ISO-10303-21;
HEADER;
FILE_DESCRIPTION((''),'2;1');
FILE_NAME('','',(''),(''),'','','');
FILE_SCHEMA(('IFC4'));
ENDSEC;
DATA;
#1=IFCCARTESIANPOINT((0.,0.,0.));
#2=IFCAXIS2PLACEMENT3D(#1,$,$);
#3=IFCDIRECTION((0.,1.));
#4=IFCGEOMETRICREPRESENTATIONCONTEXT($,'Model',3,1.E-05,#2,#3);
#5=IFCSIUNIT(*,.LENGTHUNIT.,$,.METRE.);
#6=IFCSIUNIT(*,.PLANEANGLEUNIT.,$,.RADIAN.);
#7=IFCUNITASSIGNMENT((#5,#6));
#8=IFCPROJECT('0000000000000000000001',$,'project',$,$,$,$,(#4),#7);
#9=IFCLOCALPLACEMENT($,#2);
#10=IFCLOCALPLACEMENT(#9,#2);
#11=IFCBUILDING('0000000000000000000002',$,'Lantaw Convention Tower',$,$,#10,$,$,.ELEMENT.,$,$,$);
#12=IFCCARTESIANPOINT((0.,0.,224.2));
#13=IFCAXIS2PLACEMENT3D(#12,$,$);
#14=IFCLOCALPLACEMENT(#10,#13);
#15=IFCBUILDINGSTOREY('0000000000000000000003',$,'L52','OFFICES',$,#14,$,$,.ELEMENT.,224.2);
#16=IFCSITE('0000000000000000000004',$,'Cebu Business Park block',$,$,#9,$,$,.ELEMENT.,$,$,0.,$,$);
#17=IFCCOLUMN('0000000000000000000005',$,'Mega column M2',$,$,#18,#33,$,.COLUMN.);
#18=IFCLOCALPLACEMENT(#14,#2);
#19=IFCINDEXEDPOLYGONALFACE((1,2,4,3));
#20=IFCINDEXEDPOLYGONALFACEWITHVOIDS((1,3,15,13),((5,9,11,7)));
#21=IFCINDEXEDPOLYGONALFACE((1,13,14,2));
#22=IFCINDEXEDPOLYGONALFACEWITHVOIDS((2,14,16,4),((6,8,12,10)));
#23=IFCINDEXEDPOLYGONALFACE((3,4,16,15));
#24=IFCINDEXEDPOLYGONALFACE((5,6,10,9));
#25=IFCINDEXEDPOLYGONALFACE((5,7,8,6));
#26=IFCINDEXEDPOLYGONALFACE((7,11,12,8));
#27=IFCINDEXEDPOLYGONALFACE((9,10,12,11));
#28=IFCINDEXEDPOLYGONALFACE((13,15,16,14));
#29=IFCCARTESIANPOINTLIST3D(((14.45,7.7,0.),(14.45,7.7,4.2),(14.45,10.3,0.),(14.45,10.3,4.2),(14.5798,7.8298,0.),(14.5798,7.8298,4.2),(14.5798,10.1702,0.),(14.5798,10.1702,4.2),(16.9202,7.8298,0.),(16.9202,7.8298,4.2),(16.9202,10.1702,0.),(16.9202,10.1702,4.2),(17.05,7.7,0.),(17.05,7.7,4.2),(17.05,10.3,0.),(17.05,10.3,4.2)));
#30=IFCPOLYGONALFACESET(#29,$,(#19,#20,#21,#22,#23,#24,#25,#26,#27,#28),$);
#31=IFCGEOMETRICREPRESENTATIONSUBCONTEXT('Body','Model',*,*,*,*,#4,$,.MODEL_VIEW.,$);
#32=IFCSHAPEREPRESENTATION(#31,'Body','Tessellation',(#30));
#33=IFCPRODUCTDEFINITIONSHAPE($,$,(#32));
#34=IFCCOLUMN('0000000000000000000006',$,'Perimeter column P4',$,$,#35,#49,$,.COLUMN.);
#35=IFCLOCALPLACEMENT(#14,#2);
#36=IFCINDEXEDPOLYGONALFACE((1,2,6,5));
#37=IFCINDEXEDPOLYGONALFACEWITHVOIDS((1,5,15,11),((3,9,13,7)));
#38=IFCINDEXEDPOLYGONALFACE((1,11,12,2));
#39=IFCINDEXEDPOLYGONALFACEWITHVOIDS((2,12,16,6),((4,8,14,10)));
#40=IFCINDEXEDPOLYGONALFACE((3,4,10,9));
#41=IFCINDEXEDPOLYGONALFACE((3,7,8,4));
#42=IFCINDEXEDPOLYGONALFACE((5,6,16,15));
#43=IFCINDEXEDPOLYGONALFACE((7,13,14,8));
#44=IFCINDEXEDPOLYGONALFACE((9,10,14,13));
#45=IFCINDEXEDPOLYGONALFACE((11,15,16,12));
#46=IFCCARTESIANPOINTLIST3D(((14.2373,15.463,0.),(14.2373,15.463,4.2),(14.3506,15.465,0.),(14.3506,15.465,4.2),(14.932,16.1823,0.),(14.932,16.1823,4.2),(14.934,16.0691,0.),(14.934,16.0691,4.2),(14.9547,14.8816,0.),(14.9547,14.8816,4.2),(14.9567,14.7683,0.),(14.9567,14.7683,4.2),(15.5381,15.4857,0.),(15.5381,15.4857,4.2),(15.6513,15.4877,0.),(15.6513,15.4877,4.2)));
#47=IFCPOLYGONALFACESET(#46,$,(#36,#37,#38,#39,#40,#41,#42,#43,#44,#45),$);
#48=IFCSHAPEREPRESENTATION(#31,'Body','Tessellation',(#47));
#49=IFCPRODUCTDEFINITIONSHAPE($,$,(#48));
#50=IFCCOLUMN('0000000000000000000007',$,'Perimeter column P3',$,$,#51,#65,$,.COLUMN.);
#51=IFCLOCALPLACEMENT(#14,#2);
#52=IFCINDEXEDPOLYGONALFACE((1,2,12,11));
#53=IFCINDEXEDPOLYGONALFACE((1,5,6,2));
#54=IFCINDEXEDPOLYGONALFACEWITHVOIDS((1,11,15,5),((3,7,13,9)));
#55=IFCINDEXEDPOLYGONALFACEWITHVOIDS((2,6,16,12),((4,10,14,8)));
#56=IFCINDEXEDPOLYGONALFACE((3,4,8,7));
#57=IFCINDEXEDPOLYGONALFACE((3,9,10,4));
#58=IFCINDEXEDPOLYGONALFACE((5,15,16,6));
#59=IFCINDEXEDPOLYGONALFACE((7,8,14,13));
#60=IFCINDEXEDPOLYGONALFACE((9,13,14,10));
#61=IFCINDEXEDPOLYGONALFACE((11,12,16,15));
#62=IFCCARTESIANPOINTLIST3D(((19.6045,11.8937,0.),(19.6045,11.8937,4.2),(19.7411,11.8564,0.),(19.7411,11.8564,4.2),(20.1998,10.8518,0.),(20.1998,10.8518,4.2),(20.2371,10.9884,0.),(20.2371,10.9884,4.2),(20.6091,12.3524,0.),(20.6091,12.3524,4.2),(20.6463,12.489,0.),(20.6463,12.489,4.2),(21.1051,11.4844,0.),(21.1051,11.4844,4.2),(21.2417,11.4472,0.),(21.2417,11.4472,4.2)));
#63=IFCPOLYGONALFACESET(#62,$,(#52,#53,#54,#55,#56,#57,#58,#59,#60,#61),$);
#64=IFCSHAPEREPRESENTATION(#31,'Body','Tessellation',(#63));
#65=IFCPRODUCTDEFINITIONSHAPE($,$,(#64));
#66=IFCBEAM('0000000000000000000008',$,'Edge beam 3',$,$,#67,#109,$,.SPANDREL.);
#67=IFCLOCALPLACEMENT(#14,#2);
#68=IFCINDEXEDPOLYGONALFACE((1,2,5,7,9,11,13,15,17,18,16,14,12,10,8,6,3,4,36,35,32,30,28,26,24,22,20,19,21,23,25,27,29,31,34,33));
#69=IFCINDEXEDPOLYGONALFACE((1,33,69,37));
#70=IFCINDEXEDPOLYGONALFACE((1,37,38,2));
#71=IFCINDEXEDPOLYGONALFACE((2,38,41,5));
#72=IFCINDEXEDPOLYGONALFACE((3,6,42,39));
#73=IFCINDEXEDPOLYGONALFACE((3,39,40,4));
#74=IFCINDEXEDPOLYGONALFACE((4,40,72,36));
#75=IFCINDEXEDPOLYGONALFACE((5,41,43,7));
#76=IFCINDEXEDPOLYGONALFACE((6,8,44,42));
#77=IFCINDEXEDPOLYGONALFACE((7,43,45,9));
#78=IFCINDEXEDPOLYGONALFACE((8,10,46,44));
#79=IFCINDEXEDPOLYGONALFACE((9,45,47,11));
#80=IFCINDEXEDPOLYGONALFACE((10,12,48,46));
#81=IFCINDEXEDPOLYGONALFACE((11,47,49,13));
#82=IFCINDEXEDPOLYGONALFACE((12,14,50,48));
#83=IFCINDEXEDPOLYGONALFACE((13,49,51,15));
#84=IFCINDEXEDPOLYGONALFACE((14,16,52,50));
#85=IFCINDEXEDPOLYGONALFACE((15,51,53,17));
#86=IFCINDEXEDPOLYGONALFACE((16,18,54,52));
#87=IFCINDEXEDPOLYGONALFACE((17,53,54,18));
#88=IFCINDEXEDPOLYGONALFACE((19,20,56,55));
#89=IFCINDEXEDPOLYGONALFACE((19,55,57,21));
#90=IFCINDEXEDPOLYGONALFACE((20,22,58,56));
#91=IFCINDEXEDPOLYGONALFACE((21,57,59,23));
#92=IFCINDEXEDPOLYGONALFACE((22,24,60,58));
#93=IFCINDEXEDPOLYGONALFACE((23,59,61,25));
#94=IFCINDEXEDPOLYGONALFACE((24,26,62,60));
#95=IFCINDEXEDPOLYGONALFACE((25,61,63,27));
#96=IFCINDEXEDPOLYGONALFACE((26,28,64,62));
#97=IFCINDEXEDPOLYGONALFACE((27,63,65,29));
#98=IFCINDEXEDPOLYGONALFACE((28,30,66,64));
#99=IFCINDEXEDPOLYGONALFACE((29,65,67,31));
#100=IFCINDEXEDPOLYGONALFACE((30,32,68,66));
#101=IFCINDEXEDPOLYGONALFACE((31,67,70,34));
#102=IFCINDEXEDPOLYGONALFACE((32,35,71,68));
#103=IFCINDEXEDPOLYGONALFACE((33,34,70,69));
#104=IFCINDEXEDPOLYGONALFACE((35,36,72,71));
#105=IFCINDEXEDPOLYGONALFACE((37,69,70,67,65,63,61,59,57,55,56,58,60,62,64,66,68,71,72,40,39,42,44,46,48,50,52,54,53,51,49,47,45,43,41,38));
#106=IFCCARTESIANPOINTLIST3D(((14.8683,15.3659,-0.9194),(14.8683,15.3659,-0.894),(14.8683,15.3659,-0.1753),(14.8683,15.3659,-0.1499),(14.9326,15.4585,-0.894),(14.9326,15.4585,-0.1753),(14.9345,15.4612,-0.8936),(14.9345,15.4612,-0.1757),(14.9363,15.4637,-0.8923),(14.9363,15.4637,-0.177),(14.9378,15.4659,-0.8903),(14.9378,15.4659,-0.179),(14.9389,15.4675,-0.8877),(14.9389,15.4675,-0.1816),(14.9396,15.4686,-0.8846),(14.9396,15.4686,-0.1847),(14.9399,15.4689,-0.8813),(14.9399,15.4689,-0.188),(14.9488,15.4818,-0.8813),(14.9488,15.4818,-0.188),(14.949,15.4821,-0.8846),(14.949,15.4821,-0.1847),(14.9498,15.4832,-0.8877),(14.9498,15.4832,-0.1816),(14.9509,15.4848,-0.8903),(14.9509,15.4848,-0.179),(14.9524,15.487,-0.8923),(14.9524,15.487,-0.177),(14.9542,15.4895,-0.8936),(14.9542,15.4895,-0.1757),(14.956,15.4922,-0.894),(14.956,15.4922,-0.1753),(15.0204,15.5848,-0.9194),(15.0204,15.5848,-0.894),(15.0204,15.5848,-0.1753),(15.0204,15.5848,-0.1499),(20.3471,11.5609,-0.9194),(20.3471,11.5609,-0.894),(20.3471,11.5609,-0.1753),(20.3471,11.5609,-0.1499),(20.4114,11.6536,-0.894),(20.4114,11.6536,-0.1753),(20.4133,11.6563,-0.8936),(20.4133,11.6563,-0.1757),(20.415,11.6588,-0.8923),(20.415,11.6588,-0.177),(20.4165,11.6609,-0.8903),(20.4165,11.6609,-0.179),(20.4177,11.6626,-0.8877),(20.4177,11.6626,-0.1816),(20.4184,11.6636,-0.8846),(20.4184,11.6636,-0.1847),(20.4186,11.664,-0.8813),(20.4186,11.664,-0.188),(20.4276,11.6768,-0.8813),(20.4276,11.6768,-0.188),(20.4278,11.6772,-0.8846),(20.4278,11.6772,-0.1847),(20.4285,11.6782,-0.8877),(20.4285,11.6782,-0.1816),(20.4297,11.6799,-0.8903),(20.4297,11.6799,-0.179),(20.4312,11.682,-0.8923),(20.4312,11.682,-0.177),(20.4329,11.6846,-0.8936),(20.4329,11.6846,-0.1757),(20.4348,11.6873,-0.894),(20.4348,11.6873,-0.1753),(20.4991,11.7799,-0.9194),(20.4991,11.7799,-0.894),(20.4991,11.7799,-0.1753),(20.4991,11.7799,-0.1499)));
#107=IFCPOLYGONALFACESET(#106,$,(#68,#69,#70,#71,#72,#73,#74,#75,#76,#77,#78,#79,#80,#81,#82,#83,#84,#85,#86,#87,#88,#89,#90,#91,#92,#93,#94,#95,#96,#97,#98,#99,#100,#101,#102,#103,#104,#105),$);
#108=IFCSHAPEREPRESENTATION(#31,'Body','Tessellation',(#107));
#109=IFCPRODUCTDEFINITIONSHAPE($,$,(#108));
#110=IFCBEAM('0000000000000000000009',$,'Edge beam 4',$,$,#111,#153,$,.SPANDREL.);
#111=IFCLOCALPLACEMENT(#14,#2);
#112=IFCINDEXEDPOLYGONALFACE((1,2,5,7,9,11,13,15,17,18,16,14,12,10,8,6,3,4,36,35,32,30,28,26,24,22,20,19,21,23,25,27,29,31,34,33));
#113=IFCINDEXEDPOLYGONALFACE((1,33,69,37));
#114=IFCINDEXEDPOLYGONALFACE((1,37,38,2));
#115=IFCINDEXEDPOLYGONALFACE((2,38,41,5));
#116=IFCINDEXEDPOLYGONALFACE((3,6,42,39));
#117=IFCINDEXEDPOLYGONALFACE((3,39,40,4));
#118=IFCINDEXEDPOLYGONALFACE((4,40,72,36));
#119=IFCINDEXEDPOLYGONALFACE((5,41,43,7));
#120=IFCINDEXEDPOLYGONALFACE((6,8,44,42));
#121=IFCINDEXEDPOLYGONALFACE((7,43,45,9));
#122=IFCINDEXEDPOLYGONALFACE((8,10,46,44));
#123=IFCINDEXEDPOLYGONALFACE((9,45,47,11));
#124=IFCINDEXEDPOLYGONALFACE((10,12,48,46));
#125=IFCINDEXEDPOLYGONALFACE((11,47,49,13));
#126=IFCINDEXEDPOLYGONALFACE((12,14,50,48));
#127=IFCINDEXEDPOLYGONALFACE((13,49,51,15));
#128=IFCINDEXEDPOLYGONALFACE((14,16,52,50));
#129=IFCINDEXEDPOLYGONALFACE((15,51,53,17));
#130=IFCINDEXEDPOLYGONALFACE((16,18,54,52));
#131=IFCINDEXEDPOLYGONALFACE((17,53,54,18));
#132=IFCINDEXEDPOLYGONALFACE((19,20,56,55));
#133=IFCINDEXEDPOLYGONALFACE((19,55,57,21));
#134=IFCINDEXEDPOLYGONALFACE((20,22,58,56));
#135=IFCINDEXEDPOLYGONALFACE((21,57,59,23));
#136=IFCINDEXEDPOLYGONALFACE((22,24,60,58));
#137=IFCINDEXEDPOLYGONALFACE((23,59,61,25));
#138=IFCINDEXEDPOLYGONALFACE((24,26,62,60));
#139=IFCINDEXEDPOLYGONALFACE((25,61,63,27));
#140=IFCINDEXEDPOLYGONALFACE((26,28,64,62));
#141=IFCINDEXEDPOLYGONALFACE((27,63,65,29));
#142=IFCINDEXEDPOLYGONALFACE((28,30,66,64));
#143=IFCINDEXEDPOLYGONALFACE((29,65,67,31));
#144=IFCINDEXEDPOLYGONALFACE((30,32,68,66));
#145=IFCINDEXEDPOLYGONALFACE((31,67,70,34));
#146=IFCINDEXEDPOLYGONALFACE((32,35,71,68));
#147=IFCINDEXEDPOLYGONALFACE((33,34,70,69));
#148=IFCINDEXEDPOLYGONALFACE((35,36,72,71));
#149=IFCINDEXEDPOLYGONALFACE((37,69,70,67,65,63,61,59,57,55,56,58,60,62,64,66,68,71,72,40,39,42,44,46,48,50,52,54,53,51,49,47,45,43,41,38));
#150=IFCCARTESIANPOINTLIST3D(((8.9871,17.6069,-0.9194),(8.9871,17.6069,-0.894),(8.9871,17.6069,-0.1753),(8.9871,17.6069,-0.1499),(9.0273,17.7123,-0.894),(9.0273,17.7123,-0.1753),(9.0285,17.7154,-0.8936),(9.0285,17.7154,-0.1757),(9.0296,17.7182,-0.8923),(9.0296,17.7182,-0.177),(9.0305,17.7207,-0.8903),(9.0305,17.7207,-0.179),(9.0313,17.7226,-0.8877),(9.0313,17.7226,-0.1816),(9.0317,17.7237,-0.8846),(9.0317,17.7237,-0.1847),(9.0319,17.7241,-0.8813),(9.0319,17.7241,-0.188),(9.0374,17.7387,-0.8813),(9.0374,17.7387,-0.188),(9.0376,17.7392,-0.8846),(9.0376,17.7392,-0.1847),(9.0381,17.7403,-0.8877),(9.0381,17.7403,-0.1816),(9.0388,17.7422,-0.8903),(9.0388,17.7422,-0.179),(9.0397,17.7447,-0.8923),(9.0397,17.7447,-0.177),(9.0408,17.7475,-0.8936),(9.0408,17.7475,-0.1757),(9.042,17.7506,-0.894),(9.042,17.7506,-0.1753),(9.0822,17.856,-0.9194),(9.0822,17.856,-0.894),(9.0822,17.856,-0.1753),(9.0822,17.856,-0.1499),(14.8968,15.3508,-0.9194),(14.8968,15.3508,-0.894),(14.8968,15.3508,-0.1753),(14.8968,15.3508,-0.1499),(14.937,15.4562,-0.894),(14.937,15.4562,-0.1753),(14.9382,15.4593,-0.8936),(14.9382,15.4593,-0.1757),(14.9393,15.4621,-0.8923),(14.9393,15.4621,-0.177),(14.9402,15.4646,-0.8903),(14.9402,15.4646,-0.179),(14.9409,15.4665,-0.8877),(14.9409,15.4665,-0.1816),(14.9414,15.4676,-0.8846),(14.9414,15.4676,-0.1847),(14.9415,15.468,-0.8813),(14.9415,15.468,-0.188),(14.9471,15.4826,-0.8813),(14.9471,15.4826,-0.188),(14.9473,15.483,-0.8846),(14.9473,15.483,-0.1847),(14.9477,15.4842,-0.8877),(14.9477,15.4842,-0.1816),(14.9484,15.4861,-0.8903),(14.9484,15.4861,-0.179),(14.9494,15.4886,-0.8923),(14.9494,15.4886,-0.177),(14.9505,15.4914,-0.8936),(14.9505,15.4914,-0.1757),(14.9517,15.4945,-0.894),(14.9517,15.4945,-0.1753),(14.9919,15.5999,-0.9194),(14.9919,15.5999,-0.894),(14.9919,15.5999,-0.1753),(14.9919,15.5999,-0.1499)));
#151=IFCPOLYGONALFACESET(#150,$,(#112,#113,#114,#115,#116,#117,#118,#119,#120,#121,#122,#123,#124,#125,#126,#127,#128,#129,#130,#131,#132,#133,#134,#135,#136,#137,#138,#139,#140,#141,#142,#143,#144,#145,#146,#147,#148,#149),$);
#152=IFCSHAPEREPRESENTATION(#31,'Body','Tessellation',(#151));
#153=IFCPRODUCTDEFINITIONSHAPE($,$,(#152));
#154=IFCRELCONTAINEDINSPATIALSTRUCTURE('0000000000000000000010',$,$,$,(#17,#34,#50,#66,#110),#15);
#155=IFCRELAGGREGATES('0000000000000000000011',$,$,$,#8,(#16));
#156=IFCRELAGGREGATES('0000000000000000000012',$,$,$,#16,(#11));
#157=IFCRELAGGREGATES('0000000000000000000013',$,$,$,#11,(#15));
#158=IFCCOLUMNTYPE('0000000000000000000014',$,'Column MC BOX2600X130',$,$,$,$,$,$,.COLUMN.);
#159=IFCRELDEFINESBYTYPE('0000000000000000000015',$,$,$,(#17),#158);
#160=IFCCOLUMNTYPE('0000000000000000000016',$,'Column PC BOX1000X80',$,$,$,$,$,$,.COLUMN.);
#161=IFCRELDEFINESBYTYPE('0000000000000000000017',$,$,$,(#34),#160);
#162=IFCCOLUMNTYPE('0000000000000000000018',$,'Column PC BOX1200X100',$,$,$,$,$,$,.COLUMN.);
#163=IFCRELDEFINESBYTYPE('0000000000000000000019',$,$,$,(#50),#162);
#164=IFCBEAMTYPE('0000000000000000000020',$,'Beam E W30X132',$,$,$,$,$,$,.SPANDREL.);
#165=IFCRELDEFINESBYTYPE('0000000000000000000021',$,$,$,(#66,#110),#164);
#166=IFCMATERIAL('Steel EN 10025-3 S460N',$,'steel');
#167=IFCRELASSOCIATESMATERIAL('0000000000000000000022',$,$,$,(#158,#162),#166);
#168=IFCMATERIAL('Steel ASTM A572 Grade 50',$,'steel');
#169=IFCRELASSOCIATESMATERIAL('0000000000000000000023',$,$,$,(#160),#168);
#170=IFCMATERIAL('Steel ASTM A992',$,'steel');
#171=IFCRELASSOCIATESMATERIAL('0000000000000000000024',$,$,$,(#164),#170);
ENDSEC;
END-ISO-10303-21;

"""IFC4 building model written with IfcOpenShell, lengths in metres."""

from ifc_helpers import new_model, si_unit, direction, frame, origin, origin_2d, place, context, subcontext, project, spatial, rectangle, hollow_rectangle, i_section, extrude, material, material_profile, profile_set, type_object, element, save


model = new_model("IFC4")

# Units and contexts
model_context = context("Model", 3, precision=1e-05, world=origin(), true_north=direction((0.0, 1.0)))
body_context = subcontext(model_context, "Body", "Model", "MODEL_VIEW")
ifc_project = project(units=[si_unit("LENGTHUNIT", "METRE"), si_unit("PLANEANGLEUNIT", "RADIAN")], contexts=[model_context])

# Site, building, storey
site_placement = place(None, origin())
site = spatial("IfcSite", under=ifc_project, at=site_placement, Name="Cebu Business Park block", CompositionType="ELEMENT", RefElevation=0.0)
building_placement = place(site_placement, origin())
building = spatial("IfcBuilding", under=site, at=building_placement, Name="Lantaw Convention Tower", CompositionType="ELEMENT")
storey_placement = place(building_placement, frame((0.0, 0.0, 224.2)))
storey = spatial("IfcBuildingStorey", under=building, at=storey_placement, Name="L52", Description="OFFICES", CompositionType="ELEMENT", Elevation=224.2)

# Columns
ifc_material_1 = material(Name="Steel EN 10025-3 S460N", Category="steel")
ifc_material_profile_1 = material_profile(ifc_material_1, hollow_rectangle(XDim=2.6001, YDim=2.6001, WallThickness=0.1299, at=origin_2d()), Name="BOX2600X130")
ifc_material_2 = material(Name="Concrete C60/75", Category="concrete")
ifc_material_profile_2 = material_profile(ifc_material_2, rectangle(XDim=2.3401, YDim=2.3401, at=origin_2d()), Name="Concrete fill of BOX2600X130")
ifc_profile_set_1 = profile_set([ifc_material_profile_1, ifc_material_profile_2], Name="Steel EN 10025-3 S460N")
column_type_1 = type_object("IfcColumnType", Name="Column MC BOX2600X130", PredefinedType="COLUMN", material=ifc_profile_set_1)
column_1_placement = place(storey_placement, frame((15.75, 9.0, 0.0), z_axis=(0.0, 0.0, 1.0), x_axis=(1.0, 0.0, 0.0)))
element("IfcColumn", 1, at=column_1_placement, inside=storey, type_object=column_type_1, Name="Mega column M2", PredefinedType="COLUMN", context=body_context, shape_type="SweptSolid", body=[
    extrude(hollow_rectangle(XDim=2.6001, YDim=2.6001, WallThickness=0.1299, at=origin_2d()), origin(), (0.0, 0.0, 1.0), 4.2),
])
ifc_material_3 = material(Name="Steel ASTM A572 Grade 50", Category="steel")
ifc_material_profile_3 = material_profile(ifc_material_3, hollow_rectangle(XDim=1.0, YDim=1.0, WallThickness=0.0801, at=origin_2d()), Name="BOX1000X80")
ifc_material_profile_4 = material_profile(ifc_material_2, rectangle(XDim=0.8401, YDim=0.8401, at=origin_2d()), Name="Concrete fill of BOX1000X80")
ifc_profile_set_2 = profile_set([ifc_material_profile_3, ifc_material_profile_4], Name="Steel ASTM A572 Grade 50")
column_type_2 = type_object("IfcColumnType", Name="Column PC BOX1000X80", PredefinedType="COLUMN", material=ifc_profile_set_2)
column_2_placement = place(storey_placement, frame((14.9443, 15.4753, 0.0), z_axis=(0.0, 0.0, 1.0), x_axis=(0.694658, 0.71934, 0.0)))
element("IfcColumn", 2, at=column_2_placement, inside=storey, type_object=column_type_2, Name="Perimeter column P4", PredefinedType="COLUMN", context=body_context, shape_type="SweptSolid", body=[
    extrude(hollow_rectangle(XDim=1.0, YDim=1.0, WallThickness=0.0801, at=origin_2d()), origin(), (0.0, 0.0, 1.0), 4.2),
])
ifc_material_profile_5 = material_profile(ifc_material_1, hollow_rectangle(XDim=1.2, YDim=1.2, WallThickness=0.1001, at=origin_2d()), Name="BOX1200X100")
ifc_material_profile_6 = material_profile(ifc_material_2, rectangle(XDim=1.0, YDim=1.0, at=origin_2d()), Name="Concrete fill of BOX1200X100")
ifc_profile_set_3 = profile_set([ifc_material_profile_5, ifc_material_profile_6], Name="Steel EN 10025-3 S460N")
column_type_3 = type_object("IfcColumnType", Name="Column PC BOX1200X100", PredefinedType="COLUMN", material=ifc_profile_set_3)
column_3_placement = place(storey_placement, frame((20.4231, 11.6704, 0.0), z_axis=(0.0, 0.0, 1.0), x_axis=(0.868243, 0.496139, 0.0)))
element("IfcColumn", 3, at=column_3_placement, inside=storey, type_object=column_type_3, Name="Perimeter column P3", PredefinedType="COLUMN", context=body_context, shape_type="SweptSolid", body=[
    extrude(hollow_rectangle(XDim=1.2, YDim=1.2, WallThickness=0.1001, at=origin_2d()), origin(), (0.0, 0.0, 1.0), 4.2),
])

# Beams
ifc_material_4 = material(Name="Steel ASTM A992", Category="steel")
ifc_material_profile_7 = material_profile(ifc_material_4, i_section(OverallWidth=0.2666, OverallDepth=0.7695, WebThickness=0.0156, FlangeThickness=0.0254, FilletRadius=0.0127, at=origin_2d()), Name="W30X132")
ifc_profile_set_4 = profile_set([ifc_material_profile_7], Name="Steel ASTM A992")
beam_type_1 = type_object("IfcBeamType", Name="Beam E W30X132", PredefinedType="SPANDREL", material=ifc_profile_set_4)
beam_1_placement = place(storey_placement, frame((20.4231, 11.6704, -0.5347), z_axis=(-0.821353, 0.57042, 0.0), x_axis=(-0.57042, -0.821353, 0.0)))
element("IfcBeam", 4, at=beam_1_placement, inside=storey, type_object=beam_type_1, Name="Edge beam 3", PredefinedType="SPANDREL", context=body_context, shape_type="SweptSolid", body=[
    extrude(i_section(OverallWidth=0.2666, OverallDepth=0.7695, WebThickness=0.0156, FlangeThickness=0.0254, FilletRadius=0.0127, at=origin_2d()), origin(), (0.0, 0.0, 1.0), 6.6704),
])
beam_2_placement = place(storey_placement, frame((14.9443, 15.4753, -0.5347), z_axis=(-0.934235, 0.356658, 0.0), x_axis=(-0.356658, -0.934235, 0.0)))
element("IfcBeam", 5, at=beam_2_placement, inside=storey, type_object=beam_type_1, Name="Edge beam 4", PredefinedType="SPANDREL", context=body_context, shape_type="SweptSolid", body=[
    extrude(i_section(OverallWidth=0.2666, OverallDepth=0.7695, WebThickness=0.0156, FlangeThickness=0.0254, FilletRadius=0.0127, at=origin_2d()), origin(), (0.0, 0.0, 1.0), 6.3257),
])

save(model, "model.ifc")
